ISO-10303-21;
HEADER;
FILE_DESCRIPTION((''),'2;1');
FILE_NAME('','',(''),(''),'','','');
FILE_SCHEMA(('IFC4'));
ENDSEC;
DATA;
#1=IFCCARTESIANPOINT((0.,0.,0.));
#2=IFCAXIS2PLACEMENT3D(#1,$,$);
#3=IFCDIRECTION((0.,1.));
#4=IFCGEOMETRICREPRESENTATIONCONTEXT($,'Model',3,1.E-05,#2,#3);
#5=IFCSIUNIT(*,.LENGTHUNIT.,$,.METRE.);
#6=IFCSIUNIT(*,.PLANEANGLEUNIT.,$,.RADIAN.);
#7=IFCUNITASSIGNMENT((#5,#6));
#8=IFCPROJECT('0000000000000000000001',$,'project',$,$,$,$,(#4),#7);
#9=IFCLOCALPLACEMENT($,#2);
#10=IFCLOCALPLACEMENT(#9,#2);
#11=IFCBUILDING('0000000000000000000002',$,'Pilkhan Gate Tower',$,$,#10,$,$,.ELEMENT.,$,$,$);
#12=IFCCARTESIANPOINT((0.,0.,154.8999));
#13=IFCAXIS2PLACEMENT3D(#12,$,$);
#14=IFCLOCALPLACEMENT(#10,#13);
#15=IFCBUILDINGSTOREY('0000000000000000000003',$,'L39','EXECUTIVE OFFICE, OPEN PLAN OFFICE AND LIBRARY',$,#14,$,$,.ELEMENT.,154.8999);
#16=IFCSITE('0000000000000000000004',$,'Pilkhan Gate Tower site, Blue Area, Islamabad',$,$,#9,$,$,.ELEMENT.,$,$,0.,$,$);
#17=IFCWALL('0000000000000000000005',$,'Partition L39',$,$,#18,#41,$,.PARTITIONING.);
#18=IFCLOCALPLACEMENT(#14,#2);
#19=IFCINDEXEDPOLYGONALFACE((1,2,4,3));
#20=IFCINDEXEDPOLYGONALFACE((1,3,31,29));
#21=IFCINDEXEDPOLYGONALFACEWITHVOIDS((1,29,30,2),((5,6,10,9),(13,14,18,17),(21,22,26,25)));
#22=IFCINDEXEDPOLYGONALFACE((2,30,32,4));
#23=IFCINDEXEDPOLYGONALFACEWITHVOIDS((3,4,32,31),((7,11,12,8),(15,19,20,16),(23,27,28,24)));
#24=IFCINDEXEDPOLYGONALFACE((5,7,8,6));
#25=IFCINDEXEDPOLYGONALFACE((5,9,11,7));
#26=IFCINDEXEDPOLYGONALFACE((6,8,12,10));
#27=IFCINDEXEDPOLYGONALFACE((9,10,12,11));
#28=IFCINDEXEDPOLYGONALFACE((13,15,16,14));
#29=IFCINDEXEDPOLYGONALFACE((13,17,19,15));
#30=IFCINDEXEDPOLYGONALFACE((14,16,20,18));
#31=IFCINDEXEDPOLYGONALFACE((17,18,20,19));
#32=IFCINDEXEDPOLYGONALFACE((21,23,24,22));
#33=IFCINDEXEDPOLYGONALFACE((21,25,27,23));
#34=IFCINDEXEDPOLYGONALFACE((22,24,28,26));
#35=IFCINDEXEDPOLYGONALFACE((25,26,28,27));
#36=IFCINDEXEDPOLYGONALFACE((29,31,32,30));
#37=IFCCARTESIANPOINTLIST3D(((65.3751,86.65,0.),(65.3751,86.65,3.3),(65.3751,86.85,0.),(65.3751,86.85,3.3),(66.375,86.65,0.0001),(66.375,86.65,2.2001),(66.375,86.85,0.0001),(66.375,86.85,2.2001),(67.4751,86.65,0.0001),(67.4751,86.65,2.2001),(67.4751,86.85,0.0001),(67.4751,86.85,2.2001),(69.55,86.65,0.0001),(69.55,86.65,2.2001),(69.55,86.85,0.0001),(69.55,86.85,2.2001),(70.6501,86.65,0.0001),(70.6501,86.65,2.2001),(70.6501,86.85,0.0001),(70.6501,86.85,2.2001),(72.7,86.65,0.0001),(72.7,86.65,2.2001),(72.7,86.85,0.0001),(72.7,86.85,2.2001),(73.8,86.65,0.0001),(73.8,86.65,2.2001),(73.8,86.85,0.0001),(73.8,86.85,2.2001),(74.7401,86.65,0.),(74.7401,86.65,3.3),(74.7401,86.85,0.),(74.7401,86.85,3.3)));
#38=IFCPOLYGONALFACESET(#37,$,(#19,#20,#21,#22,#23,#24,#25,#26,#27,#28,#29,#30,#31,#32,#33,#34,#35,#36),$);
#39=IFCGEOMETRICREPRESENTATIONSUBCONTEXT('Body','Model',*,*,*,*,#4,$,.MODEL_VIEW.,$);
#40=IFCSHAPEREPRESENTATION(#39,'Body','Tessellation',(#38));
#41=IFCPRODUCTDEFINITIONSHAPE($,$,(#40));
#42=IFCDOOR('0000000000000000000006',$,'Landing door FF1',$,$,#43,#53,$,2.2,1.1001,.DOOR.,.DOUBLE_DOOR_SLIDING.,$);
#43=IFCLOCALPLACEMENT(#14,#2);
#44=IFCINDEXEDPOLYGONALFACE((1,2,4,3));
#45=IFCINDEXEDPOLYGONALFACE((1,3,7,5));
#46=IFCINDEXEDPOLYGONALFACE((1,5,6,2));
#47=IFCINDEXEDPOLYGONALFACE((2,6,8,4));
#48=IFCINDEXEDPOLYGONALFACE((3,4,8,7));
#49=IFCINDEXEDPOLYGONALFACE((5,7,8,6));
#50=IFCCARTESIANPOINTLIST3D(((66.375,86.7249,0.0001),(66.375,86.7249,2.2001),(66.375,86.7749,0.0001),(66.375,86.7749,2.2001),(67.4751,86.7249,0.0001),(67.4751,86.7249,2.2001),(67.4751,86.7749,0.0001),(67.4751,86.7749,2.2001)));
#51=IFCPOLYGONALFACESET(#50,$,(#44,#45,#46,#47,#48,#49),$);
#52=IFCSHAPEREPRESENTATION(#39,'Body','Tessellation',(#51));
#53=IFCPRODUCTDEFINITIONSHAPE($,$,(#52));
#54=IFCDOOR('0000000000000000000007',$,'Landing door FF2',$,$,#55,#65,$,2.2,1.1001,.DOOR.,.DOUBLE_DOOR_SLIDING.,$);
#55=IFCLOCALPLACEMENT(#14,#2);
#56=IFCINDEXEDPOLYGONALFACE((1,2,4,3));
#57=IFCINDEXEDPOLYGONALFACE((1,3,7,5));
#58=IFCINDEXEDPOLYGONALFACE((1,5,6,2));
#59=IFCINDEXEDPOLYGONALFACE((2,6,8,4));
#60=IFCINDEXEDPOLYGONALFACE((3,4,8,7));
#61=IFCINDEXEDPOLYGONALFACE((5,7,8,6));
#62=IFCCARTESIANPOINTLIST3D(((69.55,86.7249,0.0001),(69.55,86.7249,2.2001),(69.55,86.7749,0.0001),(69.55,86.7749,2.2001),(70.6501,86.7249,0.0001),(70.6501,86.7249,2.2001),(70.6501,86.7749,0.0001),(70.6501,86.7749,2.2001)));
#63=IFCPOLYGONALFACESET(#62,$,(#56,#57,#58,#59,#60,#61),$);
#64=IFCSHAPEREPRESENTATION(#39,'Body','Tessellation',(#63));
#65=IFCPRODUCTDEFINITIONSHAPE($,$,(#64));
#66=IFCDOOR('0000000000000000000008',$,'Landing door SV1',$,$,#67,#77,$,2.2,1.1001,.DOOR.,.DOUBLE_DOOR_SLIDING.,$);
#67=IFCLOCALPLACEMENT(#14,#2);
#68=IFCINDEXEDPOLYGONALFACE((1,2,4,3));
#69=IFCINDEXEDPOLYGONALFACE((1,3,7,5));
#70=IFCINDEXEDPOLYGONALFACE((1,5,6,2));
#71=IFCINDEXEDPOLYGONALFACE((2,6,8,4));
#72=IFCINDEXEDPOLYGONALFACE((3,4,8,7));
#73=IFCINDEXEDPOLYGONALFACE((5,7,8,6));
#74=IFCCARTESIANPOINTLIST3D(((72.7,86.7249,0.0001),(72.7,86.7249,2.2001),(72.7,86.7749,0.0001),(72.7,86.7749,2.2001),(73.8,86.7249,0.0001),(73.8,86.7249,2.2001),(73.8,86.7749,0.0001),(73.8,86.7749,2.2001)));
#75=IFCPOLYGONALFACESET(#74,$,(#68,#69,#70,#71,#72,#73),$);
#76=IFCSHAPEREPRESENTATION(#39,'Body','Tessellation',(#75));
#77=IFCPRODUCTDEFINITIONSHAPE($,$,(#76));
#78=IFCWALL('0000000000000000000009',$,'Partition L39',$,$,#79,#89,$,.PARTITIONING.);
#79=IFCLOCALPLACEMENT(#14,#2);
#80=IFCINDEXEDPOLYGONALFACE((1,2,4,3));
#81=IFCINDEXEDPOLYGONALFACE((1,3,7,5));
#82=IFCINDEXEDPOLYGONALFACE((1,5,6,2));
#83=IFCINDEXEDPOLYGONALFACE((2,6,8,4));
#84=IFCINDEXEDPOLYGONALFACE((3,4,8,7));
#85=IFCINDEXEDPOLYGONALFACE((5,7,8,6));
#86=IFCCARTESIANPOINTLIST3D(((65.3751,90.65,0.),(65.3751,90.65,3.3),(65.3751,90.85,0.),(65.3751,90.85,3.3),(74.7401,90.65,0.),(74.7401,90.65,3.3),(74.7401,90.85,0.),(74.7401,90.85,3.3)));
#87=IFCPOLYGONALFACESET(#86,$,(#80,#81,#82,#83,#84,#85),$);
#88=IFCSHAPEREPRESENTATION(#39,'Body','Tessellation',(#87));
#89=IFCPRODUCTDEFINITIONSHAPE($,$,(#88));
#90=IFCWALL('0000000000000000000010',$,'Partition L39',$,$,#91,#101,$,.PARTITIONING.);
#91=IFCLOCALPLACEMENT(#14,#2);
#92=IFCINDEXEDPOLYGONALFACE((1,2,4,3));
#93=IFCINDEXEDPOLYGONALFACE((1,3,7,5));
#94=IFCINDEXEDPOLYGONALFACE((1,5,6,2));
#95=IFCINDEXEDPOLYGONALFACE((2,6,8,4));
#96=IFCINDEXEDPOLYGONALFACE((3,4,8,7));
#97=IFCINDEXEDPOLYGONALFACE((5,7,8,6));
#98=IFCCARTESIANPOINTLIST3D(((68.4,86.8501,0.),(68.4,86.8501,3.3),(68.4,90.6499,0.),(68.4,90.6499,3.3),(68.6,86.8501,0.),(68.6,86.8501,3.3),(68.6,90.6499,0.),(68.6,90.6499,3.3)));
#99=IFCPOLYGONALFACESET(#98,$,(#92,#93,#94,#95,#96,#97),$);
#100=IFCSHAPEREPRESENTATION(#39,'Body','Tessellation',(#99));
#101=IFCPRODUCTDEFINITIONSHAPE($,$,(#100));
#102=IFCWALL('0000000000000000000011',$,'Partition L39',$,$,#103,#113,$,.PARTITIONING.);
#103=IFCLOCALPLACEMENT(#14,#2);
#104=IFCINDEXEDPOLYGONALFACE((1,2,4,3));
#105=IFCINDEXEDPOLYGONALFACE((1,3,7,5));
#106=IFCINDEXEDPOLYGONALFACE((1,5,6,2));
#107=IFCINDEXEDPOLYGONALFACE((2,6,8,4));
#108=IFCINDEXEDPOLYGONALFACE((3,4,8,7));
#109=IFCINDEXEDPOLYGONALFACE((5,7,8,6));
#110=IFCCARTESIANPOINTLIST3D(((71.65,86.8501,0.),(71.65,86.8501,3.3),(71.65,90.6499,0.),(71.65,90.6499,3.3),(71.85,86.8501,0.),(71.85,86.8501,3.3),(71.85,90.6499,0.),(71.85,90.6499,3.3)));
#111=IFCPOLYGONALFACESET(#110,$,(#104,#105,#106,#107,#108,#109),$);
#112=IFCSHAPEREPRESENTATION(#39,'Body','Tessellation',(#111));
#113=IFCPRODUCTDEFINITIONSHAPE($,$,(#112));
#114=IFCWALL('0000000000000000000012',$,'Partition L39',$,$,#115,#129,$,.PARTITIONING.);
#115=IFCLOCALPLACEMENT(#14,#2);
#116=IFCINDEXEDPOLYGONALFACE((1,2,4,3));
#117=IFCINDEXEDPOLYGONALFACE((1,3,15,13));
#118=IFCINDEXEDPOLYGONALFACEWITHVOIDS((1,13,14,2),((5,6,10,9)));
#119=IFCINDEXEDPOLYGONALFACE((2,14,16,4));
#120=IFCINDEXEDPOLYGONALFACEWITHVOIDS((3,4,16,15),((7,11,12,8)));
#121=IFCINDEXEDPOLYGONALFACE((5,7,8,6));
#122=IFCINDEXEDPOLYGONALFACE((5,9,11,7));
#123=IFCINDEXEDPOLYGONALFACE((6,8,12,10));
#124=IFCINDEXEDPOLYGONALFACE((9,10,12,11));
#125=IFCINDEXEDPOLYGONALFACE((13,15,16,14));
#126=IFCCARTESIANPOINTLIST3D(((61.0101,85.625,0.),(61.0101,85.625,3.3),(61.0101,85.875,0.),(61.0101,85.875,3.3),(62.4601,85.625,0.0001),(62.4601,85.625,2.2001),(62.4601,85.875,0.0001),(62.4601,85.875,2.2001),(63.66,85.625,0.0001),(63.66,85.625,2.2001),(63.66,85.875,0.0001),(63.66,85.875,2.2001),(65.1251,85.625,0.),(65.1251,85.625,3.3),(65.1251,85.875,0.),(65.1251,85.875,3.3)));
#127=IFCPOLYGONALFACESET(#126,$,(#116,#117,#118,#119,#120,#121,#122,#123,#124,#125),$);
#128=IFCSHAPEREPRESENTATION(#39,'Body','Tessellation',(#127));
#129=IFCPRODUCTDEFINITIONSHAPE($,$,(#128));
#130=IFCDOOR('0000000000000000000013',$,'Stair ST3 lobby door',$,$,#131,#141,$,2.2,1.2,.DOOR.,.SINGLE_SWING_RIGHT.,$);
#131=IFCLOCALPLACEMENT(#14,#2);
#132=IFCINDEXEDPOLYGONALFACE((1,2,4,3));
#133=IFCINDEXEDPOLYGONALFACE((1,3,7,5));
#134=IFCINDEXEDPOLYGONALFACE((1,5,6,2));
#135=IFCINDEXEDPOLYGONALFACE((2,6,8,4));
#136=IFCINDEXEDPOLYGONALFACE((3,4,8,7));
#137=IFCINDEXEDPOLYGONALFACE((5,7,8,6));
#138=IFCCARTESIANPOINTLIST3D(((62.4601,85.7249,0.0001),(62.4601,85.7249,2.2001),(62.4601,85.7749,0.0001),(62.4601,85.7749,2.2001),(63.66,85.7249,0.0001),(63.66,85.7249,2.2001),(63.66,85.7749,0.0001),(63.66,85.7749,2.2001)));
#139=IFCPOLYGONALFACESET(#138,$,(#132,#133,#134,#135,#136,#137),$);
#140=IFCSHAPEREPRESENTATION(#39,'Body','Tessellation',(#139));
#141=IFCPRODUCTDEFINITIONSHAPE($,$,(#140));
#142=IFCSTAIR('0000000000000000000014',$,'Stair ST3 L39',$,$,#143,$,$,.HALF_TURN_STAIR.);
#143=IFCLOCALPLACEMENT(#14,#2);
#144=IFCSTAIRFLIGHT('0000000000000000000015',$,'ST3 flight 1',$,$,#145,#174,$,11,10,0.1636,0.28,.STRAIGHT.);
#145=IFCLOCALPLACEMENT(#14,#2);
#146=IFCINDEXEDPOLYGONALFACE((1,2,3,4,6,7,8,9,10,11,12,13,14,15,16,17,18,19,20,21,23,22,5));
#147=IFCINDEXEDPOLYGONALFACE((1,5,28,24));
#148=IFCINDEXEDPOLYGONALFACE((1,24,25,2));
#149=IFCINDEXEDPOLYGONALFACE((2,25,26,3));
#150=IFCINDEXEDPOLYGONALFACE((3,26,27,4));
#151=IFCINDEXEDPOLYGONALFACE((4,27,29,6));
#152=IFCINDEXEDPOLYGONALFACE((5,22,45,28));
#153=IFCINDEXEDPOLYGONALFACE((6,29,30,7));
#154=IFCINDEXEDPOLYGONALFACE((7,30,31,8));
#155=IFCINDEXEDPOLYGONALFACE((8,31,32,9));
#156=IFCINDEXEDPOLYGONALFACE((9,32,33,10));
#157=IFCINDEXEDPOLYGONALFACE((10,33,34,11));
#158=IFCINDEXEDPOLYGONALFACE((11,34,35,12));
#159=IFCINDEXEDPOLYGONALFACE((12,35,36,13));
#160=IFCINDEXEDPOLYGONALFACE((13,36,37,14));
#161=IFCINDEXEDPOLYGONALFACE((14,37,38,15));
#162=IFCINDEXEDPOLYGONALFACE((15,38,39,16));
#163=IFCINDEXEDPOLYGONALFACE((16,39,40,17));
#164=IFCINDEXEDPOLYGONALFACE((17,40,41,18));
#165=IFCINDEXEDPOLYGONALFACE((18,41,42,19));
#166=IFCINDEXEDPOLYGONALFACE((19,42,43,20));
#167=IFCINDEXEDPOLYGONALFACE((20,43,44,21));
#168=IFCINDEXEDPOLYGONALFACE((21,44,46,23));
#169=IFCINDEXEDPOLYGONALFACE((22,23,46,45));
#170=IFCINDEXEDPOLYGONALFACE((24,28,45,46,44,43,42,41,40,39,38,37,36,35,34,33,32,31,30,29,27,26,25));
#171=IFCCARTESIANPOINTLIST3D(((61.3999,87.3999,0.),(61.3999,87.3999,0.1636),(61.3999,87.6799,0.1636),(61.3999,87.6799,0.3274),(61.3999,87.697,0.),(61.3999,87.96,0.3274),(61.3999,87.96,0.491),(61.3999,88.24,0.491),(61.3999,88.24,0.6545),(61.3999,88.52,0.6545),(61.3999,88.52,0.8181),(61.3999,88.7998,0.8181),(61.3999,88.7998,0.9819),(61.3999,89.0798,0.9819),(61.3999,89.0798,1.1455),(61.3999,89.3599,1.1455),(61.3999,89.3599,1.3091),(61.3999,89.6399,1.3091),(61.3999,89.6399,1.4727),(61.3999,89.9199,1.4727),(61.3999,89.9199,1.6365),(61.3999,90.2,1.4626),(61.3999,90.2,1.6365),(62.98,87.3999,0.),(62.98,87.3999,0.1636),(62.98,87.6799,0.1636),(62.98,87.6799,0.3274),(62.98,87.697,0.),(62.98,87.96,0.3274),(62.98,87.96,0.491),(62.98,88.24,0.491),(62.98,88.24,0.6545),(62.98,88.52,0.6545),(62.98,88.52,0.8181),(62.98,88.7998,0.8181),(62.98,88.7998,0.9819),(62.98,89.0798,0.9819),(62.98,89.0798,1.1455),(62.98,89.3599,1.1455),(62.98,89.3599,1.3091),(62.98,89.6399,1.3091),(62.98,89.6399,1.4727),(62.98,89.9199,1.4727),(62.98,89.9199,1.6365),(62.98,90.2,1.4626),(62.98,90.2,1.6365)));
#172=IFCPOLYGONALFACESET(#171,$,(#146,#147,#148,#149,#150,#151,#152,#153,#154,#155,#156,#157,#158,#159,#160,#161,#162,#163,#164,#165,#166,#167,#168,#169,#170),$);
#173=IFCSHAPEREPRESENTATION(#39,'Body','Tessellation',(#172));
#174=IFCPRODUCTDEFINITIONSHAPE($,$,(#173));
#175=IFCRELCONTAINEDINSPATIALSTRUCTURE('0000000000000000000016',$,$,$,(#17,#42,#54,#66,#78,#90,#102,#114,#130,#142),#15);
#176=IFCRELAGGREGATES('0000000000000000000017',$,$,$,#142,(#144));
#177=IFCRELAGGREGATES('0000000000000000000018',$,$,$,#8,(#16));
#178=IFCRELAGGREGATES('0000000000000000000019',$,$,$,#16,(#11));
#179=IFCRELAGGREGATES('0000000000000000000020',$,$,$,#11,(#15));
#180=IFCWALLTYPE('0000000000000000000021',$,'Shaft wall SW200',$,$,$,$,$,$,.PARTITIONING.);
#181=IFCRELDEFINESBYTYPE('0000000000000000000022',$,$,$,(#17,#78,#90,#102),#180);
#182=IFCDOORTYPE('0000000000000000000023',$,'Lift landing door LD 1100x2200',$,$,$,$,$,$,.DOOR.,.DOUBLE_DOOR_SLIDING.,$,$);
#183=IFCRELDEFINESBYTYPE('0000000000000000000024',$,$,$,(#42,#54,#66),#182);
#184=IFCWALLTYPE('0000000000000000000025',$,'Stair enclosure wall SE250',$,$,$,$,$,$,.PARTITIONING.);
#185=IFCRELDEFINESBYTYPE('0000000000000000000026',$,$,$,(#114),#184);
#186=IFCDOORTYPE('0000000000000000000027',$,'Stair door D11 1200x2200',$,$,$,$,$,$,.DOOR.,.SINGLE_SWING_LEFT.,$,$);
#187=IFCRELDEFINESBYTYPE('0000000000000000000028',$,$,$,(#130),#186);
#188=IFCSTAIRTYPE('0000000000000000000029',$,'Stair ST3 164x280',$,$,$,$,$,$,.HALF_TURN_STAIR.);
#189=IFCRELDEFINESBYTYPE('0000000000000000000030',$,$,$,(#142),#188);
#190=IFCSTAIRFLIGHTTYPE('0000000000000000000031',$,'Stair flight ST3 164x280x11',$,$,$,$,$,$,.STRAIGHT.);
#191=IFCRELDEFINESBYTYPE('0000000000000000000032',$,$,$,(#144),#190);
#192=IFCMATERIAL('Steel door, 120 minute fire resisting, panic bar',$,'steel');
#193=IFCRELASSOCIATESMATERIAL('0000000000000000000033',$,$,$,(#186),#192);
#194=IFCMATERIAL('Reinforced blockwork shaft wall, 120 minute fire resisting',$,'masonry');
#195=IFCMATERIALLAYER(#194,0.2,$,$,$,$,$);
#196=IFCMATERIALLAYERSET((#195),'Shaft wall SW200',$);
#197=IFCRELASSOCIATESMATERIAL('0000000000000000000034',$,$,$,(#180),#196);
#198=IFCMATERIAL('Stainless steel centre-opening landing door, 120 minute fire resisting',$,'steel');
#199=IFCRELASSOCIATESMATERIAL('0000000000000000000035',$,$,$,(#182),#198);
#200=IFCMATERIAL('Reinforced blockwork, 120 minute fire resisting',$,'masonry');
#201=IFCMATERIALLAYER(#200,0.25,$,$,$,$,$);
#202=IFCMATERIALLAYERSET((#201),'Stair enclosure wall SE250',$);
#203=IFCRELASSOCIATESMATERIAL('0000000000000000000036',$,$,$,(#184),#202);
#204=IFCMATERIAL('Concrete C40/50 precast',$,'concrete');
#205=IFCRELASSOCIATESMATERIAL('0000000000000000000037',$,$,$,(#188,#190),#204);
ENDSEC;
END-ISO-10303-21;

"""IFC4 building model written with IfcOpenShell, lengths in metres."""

from ifc_helpers import new_model, si_unit, direction, frame, frame_2d, origin, place, context, subcontext, project, spatial, polyline, rectangle, outline, extrude, material, layer, layer_set, type_object, element, fill, aggregate, save


model = new_model("IFC4")

# Units and contexts
model_context = context("Model", 3, precision=1e-05, world=origin(), true_north=direction((0.0, 1.0)))
body_context = subcontext(model_context, "Body", "Model", "MODEL_VIEW")
ifc_project = project(units=[si_unit("LENGTHUNIT", "METRE"), si_unit("PLANEANGLEUNIT", "RADIAN")], contexts=[model_context])

# Site, building, storey
site_placement = place(None, origin())
site = spatial("IfcSite", under=ifc_project, at=site_placement, Name="Pilkhan Gate Tower site, Blue Area, Islamabad", CompositionType="ELEMENT", RefElevation=0.0)
building_placement = place(site_placement, origin())
building = spatial("IfcBuilding", under=site, at=building_placement, Name="Pilkhan Gate Tower", CompositionType="ELEMENT")
storey_placement = place(building_placement, frame((0.0, 0.0, 154.8999)))
storey = spatial("IfcBuildingStorey", under=building, at=storey_placement, Name="L39", Description="EXECUTIVE OFFICE, OPEN PLAN OFFICE AND LIBRARY", CompositionType="ELEMENT", Elevation=154.8999)

# Wall, openings, doors
ifc_material_1 = material(Name="Steel door, 120 minute fire resisting, panic bar", Category="steel")
door_type_1 = type_object("IfcDoorType", Name="Stair door D11 1200x2200", OperationType="SINGLE_SWING_LEFT", PredefinedType="DOOR", material=ifc_material_1)
ifc_material_2 = material(Name="Reinforced blockwork shaft wall, 120 minute fire resisting", Category="masonry")
ifc_layer_1 = layer(ifc_material_2, 0.2)
ifc_layer_set_1 = layer_set([ifc_layer_1], Name="Shaft wall SW200")
wall_type_1 = type_object("IfcWallType", Name="Shaft wall SW200", PredefinedType="PARTITIONING", material=ifc_layer_set_1)
wall_1_placement = place(storey_placement, frame((65.375, 86.75, 0.0), z_axis=(0.0, 0.0, 1.0), x_axis=(1.0, 0.0, 0.0)))
wall_1 = element("IfcWall", 1, at=wall_1_placement, inside=storey, type_object=wall_type_1, Name="Partition L39", PredefinedType="PARTITIONING", context=body_context, shape_type="SweptSolid", body=[
    extrude(rectangle(XDim=9.365, YDim=0.2, at=frame_2d((4.6826, 0.0))), origin(), (0.0, 0.0, 1.0), 3.3),
])
opening_1_placement = place(wall_1_placement, frame((1.0, 0.0, 0.0)))
opening_1 = element("IfcOpeningElement", 2, at=opening_1_placement, cuts=wall_1, PredefinedType="OPENING", context=body_context, shape_type="SweptSolid", body=[
    extrude(rectangle(XDim=1.1001, YDim=2.2, at=frame_2d((0.55, 1.1001))), frame((0.0, 0.1099, 0.0), z_axis=(0.0, -1.0, 0.0), x_axis=(1.0, 0.0, 0.0)), (0.0, 0.0, 1.0), 0.22),
])
opening_2_placement = place(wall_1_placement, frame((4.175, 0.0, 0.0)))
opening_2 = element("IfcOpeningElement", 3, at=opening_2_placement, cuts=wall_1, PredefinedType="OPENING", context=body_context, shape_type="SweptSolid", body=[
    extrude(rectangle(XDim=1.1001, YDim=2.2, at=frame_2d((0.55, 1.1001))), frame((0.0, 0.1099, 0.0), z_axis=(0.0, -1.0, 0.0), x_axis=(1.0, 0.0, 0.0)), (0.0, 0.0, 1.0), 0.22),
])
opening_3_placement = place(wall_1_placement, frame((7.325, 0.0, 0.0)))
opening_3 = element("IfcOpeningElement", 4, at=opening_3_placement, cuts=wall_1, PredefinedType="OPENING", context=body_context, shape_type="SweptSolid", body=[
    extrude(rectangle(XDim=1.1001, YDim=2.2, at=frame_2d((0.55, 1.1001))), frame((0.0, 0.1099, 0.0), z_axis=(0.0, -1.0, 0.0), x_axis=(1.0, 0.0, 0.0)), (0.0, 0.0, 1.0), 0.22),
])
ifc_material_3 = material(Name="Stainless steel centre-opening landing door, 120 minute fire resisting", Category="steel")
door_type_2 = type_object("IfcDoorType", Name="Lift landing door LD 1100x2200", OperationType="DOUBLE_DOOR_SLIDING", PredefinedType="DOOR", material=ifc_material_3)
door_1_placement = place(opening_1_placement, origin())
door_1 = element("IfcDoor", 5, at=door_1_placement, inside=storey, type_object=door_type_2, Name="Landing door FF1", OperationType="DOUBLE_DOOR_SLIDING", OverallHeight=2.2, OverallWidth=1.1001, PredefinedType="DOOR", context=body_context, shape_type="SweptSolid", body=[
    extrude(rectangle(XDim=1.1001, YDim=2.2, at=frame_2d((0.55, 1.1001))), frame((0.0, 0.0249, 0.0), z_axis=(0.0, -1.0, 0.0), x_axis=(1.0, 0.0, 0.0)), (0.0, 0.0, 1.0), 0.05),
])
fill(opening_1, door_1)
door_2_placement = place(opening_2_placement, origin())
door_2 = element("IfcDoor", 6, at=door_2_placement, inside=storey, type_object=door_type_2, Name="Landing door FF2", OperationType="DOUBLE_DOOR_SLIDING", OverallHeight=2.2, OverallWidth=1.1001, PredefinedType="DOOR", context=body_context, shape_type="SweptSolid", body=[
    extrude(rectangle(XDim=1.1001, YDim=2.2, at=frame_2d((0.55, 1.1001))), frame((0.0, 0.0249, 0.0), z_axis=(0.0, -1.0, 0.0), x_axis=(1.0, 0.0, 0.0)), (0.0, 0.0, 1.0), 0.05),
])
fill(opening_2, door_2)
door_3_placement = place(opening_3_placement, origin())
door_3 = element("IfcDoor", 7, at=door_3_placement, inside=storey, type_object=door_type_2, Name="Landing door SV1", OperationType="DOUBLE_DOOR_SLIDING", OverallHeight=2.2, OverallWidth=1.1001, PredefinedType="DOOR", context=body_context, shape_type="SweptSolid", body=[
    extrude(rectangle(XDim=1.1001, YDim=2.2, at=frame_2d((0.55, 1.1001))), frame((0.0, 0.0249, 0.0), z_axis=(0.0, -1.0, 0.0), x_axis=(1.0, 0.0, 0.0)), (0.0, 0.0, 1.0), 0.05),
])
fill(opening_3, door_3)

# Walls
wall_2_placement = place(storey_placement, frame((65.375, 90.75, 0.0), z_axis=(0.0, 0.0, 1.0), x_axis=(1.0, 0.0, 0.0)))
element("IfcWall", 8, at=wall_2_placement, inside=storey, type_object=wall_type_1, Name="Partition L39", PredefinedType="PARTITIONING", context=body_context, shape_type="SweptSolid", body=[
    extrude(rectangle(XDim=9.365, YDim=0.2, at=frame_2d((4.6826, 0.0))), origin(), (0.0, 0.0, 1.0), 3.3),
])
for number, where, z_axis, x_axis, name in (
    (9, (68.5, 86.8501, 0.0), (0.0, 0.0, 1.0), (0.0, 1.0, 0.0), "Partition L39"),
    (10, (71.75, 86.8501, 0.0), (0.0, 0.0, 1.0), (0.0, 1.0, 0.0), "Partition L39"),
):
    element("IfcWall", number, at=place(storey_placement, frame(where, z_axis=z_axis, x_axis=x_axis)), inside=storey, type_object=wall_type_1, Name=name, PredefinedType="PARTITIONING", context=body_context, shape_type="SweptSolid", body=[
        extrude(rectangle(XDim=3.7998, YDim=0.2, at=frame_2d((1.8999, 0.0))), origin(), (0.0, 0.0, 1.0), 3.3),
    ])

# Wall, opening, door
ifc_material_4 = material(Name="Reinforced blockwork, 120 minute fire resisting", Category="masonry")
ifc_layer_2 = layer(ifc_material_4, 0.25)
ifc_layer_set_2 = layer_set([ifc_layer_2], Name="Stair enclosure wall SE250")
wall_type_2 = type_object("IfcWallType", Name="Stair enclosure wall SE250", PredefinedType="PARTITIONING", material=ifc_layer_set_2)
wall_3_placement = place(storey_placement, frame((61.01, 85.75, 0.0), z_axis=(0.0, 0.0, 1.0), x_axis=(1.0, 0.0, 0.0)))
wall_3 = element("IfcWall", 11, at=wall_3_placement, inside=storey, type_object=wall_type_2, Name="Partition L39", PredefinedType="PARTITIONING", context=body_context, shape_type="SweptSolid", body=[
    extrude(rectangle(XDim=4.115, YDim=0.25, at=frame_2d((2.0576, 0.0))), origin(), (0.0, 0.0, 1.0), 3.3),
])
opening_4_placement = place(wall_3_placement, frame((1.45, 0.0, 0.0)))
opening_4 = element("IfcOpeningElement", 12, at=opening_4_placement, cuts=wall_3, PredefinedType="OPENING", context=body_context, shape_type="SweptSolid", body=[
    extrude(rectangle(XDim=1.2, YDim=2.2, at=frame_2d((0.6001, 1.1001))), frame((0.0, 0.135, 0.0), z_axis=(0.0, -1.0, 0.0), x_axis=(1.0, 0.0, 0.0)), (0.0, 0.0, 1.0), 0.27),
])
door_4_placement = place(opening_4_placement, origin())
door_4 = element("IfcDoor", 13, at=door_4_placement, inside=storey, type_object=door_type_1, Name="Stair ST3 lobby door", OperationType="SINGLE_SWING_RIGHT", OverallHeight=2.2, OverallWidth=1.2, PredefinedType="DOOR", context=body_context, shape_type="SweptSolid", body=[
    extrude(rectangle(XDim=1.2, YDim=2.2, at=frame_2d((0.6001, 1.1001))), frame((0.0, 0.0249, 0.0), z_axis=(0.0, -1.0, 0.0), x_axis=(1.0, 0.0, 0.0)), (0.0, 0.0, 1.0), 0.05),
])
fill(opening_4, door_4)

# Stair, stair flight
ifc_material_5 = material(Name="Concrete C40/50 precast", Category="concrete")
stair_type = type_object("IfcStairType", Name="Stair ST3 164x280", PredefinedType="HALF_TURN_STAIR", material=ifc_material_5)
stair_placement = place(storey_placement, origin())
stair = element("IfcStair", 14, at=stair_placement, inside=storey, type_object=stair_type, Name="Stair ST3 L39", PredefinedType="HALF_TURN_STAIR")
stair_flight_type = type_object("IfcStairFlightType", Name="Stair flight ST3 164x280x11", PredefinedType="STRAIGHT", material=ifc_material_5)
stair_flight_1_placement = place(storey_placement, frame((62.1899, 87.3999, 0.0), z_axis=(0.0, 0.0, 1.0), x_axis=(0.0, 1.0, 0.0)))
stair_flight_1 = element("IfcStairFlight", 15, at=stair_flight_1_placement, type_object=stair_flight_type, Name="ST3 flight 1", NumberOfRisers=11, NumberOfTreads=10, PredefinedType="STRAIGHT", RiserHeight=0.1636, TreadLength=0.28, context=body_context, shape_type="SweptSolid", body=[
    extrude(outline(polyline([(0.0, 0.0), (0.0, 0.1636), (0.28, 0.1636), (0.28, 0.3274), (0.5601, 0.3274), (0.5601, 0.491), (0.8401, 0.491), (0.8401, 0.6545), (1.1201, 0.6545), (1.1201, 0.8181), (1.3999, 0.8181), (1.3999, 0.9819), (1.6799, 0.9819), (1.6799, 1.1455), (1.96, 1.1455), (1.96, 1.3091), (2.24, 1.3091), (2.24, 1.4727), (2.52, 1.4727), (2.52, 1.6365), (2.8, 1.6365), (2.8, 1.8), (2.8, 1.4626), (0.2971, 0.0), (0.0, 0.0)])), frame((0.0, 0.79, 0.0), z_axis=(0.0, -1.0, 0.0), x_axis=(1.0, 0.0, 0.0)), (0.0, 0.0, 1.0), 1.5801),
])
aggregate(stair, [stair_flight_1])

save(model, "model.ifc")
